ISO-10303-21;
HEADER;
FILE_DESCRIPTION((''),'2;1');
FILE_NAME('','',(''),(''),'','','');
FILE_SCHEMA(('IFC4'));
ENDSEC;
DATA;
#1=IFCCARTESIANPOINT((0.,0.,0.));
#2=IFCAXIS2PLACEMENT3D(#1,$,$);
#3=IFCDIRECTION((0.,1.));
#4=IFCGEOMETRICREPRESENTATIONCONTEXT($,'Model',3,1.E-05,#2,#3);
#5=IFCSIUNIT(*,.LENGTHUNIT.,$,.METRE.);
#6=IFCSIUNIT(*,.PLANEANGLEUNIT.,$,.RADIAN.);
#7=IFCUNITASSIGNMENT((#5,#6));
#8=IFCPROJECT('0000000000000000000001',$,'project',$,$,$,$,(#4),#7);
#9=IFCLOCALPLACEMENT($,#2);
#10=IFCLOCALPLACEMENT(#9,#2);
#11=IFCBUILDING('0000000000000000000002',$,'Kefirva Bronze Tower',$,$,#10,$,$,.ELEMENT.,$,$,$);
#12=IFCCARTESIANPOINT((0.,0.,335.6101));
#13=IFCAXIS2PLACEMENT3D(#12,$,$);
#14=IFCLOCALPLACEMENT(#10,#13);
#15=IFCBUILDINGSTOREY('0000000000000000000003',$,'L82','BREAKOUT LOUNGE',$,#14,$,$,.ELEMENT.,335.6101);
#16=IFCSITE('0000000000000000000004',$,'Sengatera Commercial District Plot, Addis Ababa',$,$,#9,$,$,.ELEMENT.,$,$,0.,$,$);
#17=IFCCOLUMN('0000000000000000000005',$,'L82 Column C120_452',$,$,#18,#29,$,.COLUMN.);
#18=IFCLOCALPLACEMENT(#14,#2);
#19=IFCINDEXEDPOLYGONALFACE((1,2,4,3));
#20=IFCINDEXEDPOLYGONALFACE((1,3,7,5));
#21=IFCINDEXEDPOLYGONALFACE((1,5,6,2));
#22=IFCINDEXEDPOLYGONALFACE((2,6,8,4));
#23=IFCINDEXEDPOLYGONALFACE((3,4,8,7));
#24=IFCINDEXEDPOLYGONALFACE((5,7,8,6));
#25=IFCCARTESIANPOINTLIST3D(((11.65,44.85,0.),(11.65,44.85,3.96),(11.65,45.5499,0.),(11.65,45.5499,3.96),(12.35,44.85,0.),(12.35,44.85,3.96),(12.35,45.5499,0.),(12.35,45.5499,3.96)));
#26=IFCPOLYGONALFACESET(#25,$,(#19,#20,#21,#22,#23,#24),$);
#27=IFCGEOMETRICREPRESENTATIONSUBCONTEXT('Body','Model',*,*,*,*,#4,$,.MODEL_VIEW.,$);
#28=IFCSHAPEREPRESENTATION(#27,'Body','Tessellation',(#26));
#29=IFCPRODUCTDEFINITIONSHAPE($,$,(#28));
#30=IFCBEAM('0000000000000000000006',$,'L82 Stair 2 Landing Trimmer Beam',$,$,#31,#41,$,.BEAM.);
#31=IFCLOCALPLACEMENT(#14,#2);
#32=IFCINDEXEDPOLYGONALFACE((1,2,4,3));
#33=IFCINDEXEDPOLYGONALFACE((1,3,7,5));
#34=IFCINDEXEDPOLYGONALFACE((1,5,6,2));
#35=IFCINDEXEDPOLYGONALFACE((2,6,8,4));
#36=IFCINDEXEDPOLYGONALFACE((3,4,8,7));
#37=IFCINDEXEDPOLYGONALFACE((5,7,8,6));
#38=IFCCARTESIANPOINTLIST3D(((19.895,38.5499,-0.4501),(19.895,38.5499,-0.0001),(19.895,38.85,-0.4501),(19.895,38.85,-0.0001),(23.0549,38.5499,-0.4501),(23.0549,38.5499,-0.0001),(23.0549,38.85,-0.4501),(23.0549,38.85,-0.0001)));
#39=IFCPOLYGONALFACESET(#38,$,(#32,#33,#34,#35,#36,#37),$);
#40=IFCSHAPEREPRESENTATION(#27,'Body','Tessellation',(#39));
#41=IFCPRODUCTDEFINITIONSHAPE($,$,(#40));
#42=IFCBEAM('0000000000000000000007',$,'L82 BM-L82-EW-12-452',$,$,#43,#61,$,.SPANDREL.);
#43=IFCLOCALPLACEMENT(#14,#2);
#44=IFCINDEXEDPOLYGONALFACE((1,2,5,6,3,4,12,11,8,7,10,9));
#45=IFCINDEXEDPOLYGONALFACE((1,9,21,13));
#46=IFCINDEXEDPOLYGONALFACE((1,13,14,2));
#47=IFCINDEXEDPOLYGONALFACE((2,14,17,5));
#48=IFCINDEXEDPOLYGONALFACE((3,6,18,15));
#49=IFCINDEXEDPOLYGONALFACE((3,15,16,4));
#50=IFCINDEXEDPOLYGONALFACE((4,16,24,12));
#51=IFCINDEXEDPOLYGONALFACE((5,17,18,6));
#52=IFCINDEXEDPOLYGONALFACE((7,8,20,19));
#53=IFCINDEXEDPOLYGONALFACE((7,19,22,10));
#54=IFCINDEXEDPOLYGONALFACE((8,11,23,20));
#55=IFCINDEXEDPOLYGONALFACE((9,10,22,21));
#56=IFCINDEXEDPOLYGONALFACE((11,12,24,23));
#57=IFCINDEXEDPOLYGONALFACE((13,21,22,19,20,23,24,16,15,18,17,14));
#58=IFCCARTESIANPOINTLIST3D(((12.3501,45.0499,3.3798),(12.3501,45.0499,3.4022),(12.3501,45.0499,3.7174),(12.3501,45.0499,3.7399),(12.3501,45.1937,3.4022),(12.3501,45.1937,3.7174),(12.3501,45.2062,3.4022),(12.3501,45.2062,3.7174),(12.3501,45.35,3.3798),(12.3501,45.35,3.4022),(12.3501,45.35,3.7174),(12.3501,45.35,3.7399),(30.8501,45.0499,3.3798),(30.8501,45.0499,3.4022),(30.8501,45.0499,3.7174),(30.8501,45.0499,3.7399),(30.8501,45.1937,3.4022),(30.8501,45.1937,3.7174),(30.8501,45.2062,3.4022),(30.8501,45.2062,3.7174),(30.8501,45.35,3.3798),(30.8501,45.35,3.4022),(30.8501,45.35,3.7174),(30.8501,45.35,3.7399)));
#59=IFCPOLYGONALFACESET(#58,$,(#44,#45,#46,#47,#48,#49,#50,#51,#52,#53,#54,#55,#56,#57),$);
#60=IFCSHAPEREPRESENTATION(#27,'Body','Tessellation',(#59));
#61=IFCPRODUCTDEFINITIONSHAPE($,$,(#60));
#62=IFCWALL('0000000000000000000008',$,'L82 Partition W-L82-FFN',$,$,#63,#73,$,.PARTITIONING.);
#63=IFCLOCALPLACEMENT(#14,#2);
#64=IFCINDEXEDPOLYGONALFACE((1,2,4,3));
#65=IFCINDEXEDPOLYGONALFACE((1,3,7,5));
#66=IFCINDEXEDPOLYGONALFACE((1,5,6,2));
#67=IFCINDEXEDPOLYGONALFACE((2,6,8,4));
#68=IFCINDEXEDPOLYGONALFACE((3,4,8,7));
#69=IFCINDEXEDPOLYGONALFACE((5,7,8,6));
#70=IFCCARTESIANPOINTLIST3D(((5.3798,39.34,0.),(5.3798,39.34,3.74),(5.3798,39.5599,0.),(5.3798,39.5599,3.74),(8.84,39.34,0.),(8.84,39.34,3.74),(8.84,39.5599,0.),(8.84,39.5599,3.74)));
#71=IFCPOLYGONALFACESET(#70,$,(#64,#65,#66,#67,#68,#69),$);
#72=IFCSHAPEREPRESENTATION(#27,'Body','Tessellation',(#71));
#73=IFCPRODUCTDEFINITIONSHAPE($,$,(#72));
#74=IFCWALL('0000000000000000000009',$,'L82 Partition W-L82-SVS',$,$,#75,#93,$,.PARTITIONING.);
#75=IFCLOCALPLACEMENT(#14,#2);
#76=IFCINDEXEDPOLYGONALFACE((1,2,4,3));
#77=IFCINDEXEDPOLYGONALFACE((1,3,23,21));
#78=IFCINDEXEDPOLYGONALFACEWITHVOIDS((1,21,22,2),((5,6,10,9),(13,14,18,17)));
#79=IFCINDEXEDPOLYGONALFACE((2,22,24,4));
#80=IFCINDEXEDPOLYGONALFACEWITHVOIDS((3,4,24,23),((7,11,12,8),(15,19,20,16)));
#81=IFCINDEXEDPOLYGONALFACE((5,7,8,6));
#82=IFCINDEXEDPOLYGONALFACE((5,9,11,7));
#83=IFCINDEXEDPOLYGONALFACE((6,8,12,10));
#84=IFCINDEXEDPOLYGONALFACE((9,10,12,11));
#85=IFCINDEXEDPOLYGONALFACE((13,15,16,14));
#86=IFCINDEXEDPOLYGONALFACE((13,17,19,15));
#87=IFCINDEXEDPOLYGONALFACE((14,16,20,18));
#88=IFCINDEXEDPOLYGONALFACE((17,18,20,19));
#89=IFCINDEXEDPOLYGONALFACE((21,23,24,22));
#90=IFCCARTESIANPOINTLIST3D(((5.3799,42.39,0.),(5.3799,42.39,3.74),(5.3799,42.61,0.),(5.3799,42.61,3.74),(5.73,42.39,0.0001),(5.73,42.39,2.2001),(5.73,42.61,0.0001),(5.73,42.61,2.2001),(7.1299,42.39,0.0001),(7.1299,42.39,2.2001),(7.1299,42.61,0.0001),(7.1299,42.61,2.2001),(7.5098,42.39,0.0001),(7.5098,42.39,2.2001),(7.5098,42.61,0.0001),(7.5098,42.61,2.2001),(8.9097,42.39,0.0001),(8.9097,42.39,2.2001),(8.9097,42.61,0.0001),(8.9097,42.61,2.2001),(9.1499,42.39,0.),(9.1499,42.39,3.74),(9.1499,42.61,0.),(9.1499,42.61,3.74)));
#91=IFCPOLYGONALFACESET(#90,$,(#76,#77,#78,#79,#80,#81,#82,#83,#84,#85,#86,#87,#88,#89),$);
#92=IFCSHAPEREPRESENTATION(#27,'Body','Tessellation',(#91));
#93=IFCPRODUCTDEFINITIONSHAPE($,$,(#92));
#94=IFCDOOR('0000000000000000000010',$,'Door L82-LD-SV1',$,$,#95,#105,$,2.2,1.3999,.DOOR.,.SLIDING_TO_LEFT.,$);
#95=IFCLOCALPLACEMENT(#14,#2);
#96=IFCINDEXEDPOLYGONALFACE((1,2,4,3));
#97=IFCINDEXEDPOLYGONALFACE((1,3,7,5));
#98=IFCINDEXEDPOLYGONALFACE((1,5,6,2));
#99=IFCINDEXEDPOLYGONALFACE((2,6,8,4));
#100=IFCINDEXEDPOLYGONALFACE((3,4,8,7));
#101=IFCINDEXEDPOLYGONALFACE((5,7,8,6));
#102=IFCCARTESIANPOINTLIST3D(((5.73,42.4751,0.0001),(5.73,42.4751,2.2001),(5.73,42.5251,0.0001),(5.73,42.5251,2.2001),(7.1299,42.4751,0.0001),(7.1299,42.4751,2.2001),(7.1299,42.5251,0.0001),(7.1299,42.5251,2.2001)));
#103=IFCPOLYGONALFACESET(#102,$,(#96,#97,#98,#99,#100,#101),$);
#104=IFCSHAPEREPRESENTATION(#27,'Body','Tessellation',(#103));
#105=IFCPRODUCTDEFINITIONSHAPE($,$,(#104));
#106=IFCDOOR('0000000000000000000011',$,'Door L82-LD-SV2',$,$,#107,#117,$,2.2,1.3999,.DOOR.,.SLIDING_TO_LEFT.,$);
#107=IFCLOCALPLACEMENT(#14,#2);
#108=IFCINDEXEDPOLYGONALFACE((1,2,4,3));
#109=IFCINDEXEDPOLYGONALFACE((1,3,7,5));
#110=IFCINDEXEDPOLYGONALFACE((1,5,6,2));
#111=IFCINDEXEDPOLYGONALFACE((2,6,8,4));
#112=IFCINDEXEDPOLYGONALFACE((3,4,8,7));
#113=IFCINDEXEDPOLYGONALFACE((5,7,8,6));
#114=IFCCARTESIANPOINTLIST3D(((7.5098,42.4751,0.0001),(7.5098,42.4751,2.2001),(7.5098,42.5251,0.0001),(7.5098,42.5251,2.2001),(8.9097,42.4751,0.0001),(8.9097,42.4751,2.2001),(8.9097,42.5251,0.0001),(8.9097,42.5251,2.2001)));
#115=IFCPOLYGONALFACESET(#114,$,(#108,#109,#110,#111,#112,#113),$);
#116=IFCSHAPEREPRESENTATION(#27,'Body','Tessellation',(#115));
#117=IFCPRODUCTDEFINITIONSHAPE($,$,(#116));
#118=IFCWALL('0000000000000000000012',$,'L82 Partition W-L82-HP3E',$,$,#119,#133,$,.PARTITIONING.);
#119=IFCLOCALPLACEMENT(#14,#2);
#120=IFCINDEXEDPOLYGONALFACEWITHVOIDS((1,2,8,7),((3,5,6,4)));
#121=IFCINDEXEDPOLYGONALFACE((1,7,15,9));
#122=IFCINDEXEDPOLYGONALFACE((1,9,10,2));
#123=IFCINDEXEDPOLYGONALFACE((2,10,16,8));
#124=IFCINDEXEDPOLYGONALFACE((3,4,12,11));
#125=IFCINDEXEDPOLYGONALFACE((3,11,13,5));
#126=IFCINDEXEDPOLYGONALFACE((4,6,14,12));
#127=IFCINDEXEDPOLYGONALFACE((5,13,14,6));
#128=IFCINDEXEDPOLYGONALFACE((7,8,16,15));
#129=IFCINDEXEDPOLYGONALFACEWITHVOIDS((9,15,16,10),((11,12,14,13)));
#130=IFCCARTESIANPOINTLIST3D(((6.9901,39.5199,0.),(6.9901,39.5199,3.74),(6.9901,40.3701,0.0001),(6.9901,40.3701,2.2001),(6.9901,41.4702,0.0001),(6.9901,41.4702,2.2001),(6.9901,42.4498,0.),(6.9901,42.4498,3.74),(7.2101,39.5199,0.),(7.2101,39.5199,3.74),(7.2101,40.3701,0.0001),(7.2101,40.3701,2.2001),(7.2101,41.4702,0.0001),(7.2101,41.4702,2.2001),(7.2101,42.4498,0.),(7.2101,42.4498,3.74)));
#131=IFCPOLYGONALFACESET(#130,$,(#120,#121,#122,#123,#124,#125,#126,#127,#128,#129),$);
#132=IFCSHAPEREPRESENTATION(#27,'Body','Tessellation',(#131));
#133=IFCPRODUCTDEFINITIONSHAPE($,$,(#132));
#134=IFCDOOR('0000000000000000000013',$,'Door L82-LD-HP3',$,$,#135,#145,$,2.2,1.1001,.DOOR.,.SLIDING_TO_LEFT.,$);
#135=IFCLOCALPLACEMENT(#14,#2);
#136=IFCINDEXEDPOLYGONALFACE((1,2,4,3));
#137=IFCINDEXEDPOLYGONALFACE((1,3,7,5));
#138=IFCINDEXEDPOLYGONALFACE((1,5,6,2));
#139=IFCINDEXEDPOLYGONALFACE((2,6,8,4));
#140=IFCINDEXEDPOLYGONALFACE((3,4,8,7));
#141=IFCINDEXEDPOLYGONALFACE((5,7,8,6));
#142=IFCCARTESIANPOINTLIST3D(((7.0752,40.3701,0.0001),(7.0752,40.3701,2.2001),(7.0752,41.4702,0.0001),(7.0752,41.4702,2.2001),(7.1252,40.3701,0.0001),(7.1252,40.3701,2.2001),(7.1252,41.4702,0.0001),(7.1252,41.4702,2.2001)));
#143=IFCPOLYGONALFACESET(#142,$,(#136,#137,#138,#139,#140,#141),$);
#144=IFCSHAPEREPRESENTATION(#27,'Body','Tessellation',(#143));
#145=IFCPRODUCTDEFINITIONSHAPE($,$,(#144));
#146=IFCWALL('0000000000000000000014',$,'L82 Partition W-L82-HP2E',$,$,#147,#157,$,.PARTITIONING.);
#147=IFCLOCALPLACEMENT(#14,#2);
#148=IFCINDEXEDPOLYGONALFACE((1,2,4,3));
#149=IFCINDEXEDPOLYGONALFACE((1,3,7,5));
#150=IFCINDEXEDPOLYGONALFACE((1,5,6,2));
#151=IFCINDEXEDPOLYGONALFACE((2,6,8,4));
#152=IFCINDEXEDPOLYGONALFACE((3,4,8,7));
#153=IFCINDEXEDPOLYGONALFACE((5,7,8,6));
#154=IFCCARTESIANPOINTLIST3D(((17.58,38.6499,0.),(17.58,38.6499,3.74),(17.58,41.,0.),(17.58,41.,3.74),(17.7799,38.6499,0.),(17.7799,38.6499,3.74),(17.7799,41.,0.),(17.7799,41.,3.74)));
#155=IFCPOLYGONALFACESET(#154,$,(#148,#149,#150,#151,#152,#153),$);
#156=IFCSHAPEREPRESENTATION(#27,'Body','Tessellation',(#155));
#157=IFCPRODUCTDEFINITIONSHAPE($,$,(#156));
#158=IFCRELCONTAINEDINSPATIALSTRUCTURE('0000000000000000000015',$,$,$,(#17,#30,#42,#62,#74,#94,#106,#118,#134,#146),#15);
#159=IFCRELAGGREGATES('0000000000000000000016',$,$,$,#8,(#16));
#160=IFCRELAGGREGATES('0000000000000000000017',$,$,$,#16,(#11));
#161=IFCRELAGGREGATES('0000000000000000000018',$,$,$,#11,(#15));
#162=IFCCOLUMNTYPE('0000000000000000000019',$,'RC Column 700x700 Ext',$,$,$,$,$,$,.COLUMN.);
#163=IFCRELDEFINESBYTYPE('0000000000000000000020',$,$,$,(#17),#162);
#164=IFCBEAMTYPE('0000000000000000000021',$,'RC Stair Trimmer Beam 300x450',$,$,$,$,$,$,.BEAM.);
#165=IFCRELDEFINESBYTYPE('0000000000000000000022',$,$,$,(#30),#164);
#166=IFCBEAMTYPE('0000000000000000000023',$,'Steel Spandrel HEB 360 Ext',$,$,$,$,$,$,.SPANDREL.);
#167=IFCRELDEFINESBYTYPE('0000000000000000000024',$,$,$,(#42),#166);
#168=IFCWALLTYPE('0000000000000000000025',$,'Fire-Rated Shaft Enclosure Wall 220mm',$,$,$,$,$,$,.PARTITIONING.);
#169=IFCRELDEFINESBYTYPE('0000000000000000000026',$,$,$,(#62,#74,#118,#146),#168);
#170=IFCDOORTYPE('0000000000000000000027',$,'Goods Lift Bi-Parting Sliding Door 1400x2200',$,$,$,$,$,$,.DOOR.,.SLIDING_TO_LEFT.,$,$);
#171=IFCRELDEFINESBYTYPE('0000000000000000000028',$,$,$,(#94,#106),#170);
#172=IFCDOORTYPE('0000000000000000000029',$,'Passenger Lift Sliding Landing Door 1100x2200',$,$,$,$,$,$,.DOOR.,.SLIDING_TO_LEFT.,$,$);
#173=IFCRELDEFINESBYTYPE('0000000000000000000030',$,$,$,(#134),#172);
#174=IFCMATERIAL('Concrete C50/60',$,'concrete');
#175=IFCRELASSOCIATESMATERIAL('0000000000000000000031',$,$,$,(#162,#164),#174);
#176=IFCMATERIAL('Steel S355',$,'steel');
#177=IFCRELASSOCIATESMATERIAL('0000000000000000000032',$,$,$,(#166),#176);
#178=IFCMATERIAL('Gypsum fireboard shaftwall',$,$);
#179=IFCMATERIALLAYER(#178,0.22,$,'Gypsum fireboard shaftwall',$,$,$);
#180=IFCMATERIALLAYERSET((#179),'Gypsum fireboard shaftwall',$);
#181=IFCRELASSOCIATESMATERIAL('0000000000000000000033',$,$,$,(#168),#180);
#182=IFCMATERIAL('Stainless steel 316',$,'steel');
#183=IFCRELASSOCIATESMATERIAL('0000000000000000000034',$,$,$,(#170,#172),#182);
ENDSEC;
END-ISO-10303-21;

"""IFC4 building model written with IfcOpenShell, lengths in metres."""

from ifc_helpers import new_model, si_unit, direction, frame, frame_2d, origin, origin_2d, place, context, subcontext, project, spatial, rectangle, i_section, extrude, material, layer, layer_set, material_profile, profile_set, type_object, element, fill, save


model = new_model("IFC4")

# Units and contexts
model_context = context("Model", 3, precision=1e-05, world=origin(), true_north=direction((0.0, 1.0)))
body_context = subcontext(model_context, "Body", "Model", "MODEL_VIEW")
ifc_project = project(units=[si_unit("LENGTHUNIT", "METRE"), si_unit("PLANEANGLEUNIT", "RADIAN")], contexts=[model_context])

# Site, building, storey
site_placement = place(None, origin())
site = spatial("IfcSite", under=ifc_project, at=site_placement, Name="Sengatera Commercial District Plot, Addis Ababa", CompositionType="ELEMENT", RefElevation=0.0)
building_placement = place(site_placement, origin())
building = spatial("IfcBuilding", under=site, at=building_placement, Name="Kefirva Bronze Tower", CompositionType="ELEMENT")
storey_placement = place(building_placement, frame((0.0, 0.0, 335.6101)))
storey = spatial("IfcBuildingStorey", under=building, at=storey_placement, Name="L82", Description="BREAKOUT LOUNGE", CompositionType="ELEMENT", Elevation=335.6101)

# Column
ifc_material_1 = material(Name="Concrete C50/60", Category="concrete")
ifc_material_profile_1 = material_profile(ifc_material_1, rectangle(XDim=0.7, YDim=0.7, at=origin_2d()), Name="RC 700x700")
ifc_profile_set_1 = profile_set([ifc_material_profile_1], Name="Concrete C50/60")
column_type = type_object("IfcColumnType", Name="RC Column 700x700 Ext", PredefinedType="COLUMN", material=ifc_profile_set_1)
column_placement = place(storey_placement, frame((12.0, 45.2, 0.0), z_axis=(0.0, 0.0, 1.0), x_axis=(1.0, 0.0, 0.0)))
element("IfcColumn", 1, at=column_placement, inside=storey, type_object=column_type, Name="L82 Column C120_452", PredefinedType="COLUMN", context=body_context, shape_type="SweptSolid", body=[
    extrude(rectangle(XDim=0.7, YDim=0.7, at=origin_2d()), origin(), (0.0, 0.0, 1.0), 3.96),
])

# Beams
ifc_material_profile_2 = material_profile(ifc_material_1, rectangle(XDim=0.3, YDim=0.45, at=origin_2d()), Name="RC 300x450")
ifc_profile_set_2 = profile_set([ifc_material_profile_2], Name="Concrete C50/60")
beam_type_1 = type_object("IfcBeamType", Name="RC Stair Trimmer Beam 300x450", PredefinedType="BEAM", material=ifc_profile_set_2)
beam_1_placement = place(storey_placement, frame((19.895, 38.7, -0.2251), z_axis=(1.0, 0.0, 0.0), x_axis=(0.0, 1.0, 0.0)))
element("IfcBeam", 2, at=beam_1_placement, inside=storey, type_object=beam_type_1, Name="L82 Stair 2 Landing Trimmer Beam", PredefinedType="BEAM", context=body_context, shape_type="SweptSolid", body=[
    extrude(rectangle(XDim=0.3, YDim=0.45, at=origin_2d()), origin(), (0.0, 0.0, 1.0), 3.1599),
])
ifc_material_2 = material(Name="Steel S355", Category="steel")
ifc_material_profile_3 = material_profile(ifc_material_2, i_section(OverallWidth=0.3, OverallDepth=0.3601, WebThickness=0.0125, FlangeThickness=0.0225, at=origin_2d()), Name="HEB 360")
ifc_profile_set_3 = profile_set([ifc_material_profile_3], Name="Steel S355")
beam_type_2 = type_object("IfcBeamType", Name="Steel Spandrel HEB 360 Ext", PredefinedType="SPANDREL", material=ifc_profile_set_3)
beam_2_placement = place(storey_placement, frame((12.3501, 45.2, 3.5598), z_axis=(1.0, 0.0, 0.0), x_axis=(0.0, 1.0, 0.0)))
element("IfcBeam", 3, at=beam_2_placement, inside=storey, type_object=beam_type_2, Name="L82 BM-L82-EW-12-452", PredefinedType="SPANDREL", context=body_context, shape_type="SweptSolid", body=[
    extrude(i_section(OverallWidth=0.3, OverallDepth=0.3601, WebThickness=0.0125, FlangeThickness=0.0225, at=origin_2d()), origin(), (0.0, 0.0, 1.0), 18.5),
])

# Wall
ifc_material_3 = material(Name="Gypsum fireboard shaftwall")
ifc_layer_1 = layer(ifc_material_3, 0.22, Name="Gypsum fireboard shaftwall")
ifc_layer_set_1 = layer_set([ifc_layer_1], Name="Gypsum fireboard shaftwall")
wall_type_1 = type_object("IfcWallType", Name="Fire-Rated Shaft Enclosure Wall 220mm", PredefinedType="PARTITIONING", material=ifc_layer_set_1)
wall_1_placement = place(storey_placement, frame((5.3799, 39.45, 0.0), z_axis=(0.0, 0.0, 1.0), x_axis=(1.0, 0.0, 0.0)))
element("IfcWall", 4, at=wall_1_placement, inside=storey, type_object=wall_type_1, Name="L82 Partition W-L82-FFN", PredefinedType="PARTITIONING", context=body_context, shape_type="SweptSolid", body=[
    extrude(rectangle(XDim=3.4602, YDim=0.22, at=frame_2d((1.73, 0.0))), origin(), (0.0, 0.0, 1.0), 3.74),
])

# Wall, openings, doors
wall_2_placement = place(storey_placement, frame((5.3799, 42.5, 0.0), z_axis=(0.0, 0.0, 1.0), x_axis=(1.0, 0.0, 0.0)))
wall_2 = element("IfcWall", 5, at=wall_2_placement, inside=storey, type_object=wall_type_1, Name="L82 Partition W-L82-SVS", PredefinedType="PARTITIONING", context=body_context, shape_type="SweptSolid", body=[
    extrude(rectangle(XDim=3.77, YDim=0.22, at=frame_2d((1.885, 0.0))), origin(), (0.0, 0.0, 1.0), 3.74),
])
opening_1_placement = place(wall_2_placement, frame((1.75, 0.0, 0.0), z_axis=(0.0, 0.0, 1.0), x_axis=(-1.0, 0.0, 0.0)))
opening_1 = element("IfcOpeningElement", 6, at=opening_1_placement, cuts=wall_2, PredefinedType="OPENING", context=body_context, shape_type="SweptSolid", body=[
    extrude(rectangle(XDim=1.3999, YDim=2.2, at=frame_2d((0.7, 1.1001))), frame((0.0, 0.1201, 0.0), z_axis=(0.0, -1.0, 0.0), x_axis=(1.0, 0.0, 0.0)), (0.0, 0.0, 1.0), 0.24),
])
opening_2_placement = place(wall_2_placement, frame((3.5298, 0.0, 0.0), z_axis=(0.0, 0.0, 1.0), x_axis=(-1.0, 0.0, 0.0)))
opening_2 = element("IfcOpeningElement", 7, at=opening_2_placement, cuts=wall_2, PredefinedType="OPENING", context=body_context, shape_type="SweptSolid", body=[
    extrude(rectangle(XDim=1.3999, YDim=2.2, at=frame_2d((0.7, 1.1001))), frame((0.0, 0.1201, 0.0), z_axis=(0.0, -1.0, 0.0), x_axis=(1.0, 0.0, 0.0)), (0.0, 0.0, 1.0), 0.24),
])
ifc_material_4 = material(Name="Stainless steel 316", Category="steel")
door_type_1 = type_object("IfcDoorType", Name="Goods Lift Bi-Parting Sliding Door 1400x2200", OperationType="SLIDING_TO_LEFT", PredefinedType="DOOR", material=ifc_material_4)
door_1_placement = place(opening_1_placement, origin())
door_1 = element("IfcDoor", 8, at=door_1_placement, inside=storey, type_object=door_type_1, Name="Door L82-LD-SV1", OperationType="SLIDING_TO_LEFT", OverallHeight=2.2, OverallWidth=1.3999, PredefinedType="DOOR", context=body_context, shape_type="SweptSolid", body=[
    extrude(rectangle(XDim=1.3999, YDim=2.2, at=frame_2d((0.7, 1.1001))), frame((0.0, 0.0249, 0.0), z_axis=(0.0, -1.0, 0.0), x_axis=(1.0, 0.0, 0.0)), (0.0, 0.0, 1.0), 0.05),
])
fill(opening_1, door_1)
door_2_placement = place(opening_2_placement, origin())
door_2 = element("IfcDoor", 9, at=door_2_placement, inside=storey, type_object=door_type_1, Name="Door L82-LD-SV2", OperationType="SLIDING_TO_LEFT", OverallHeight=2.2, OverallWidth=1.3999, PredefinedType="DOOR", context=body_context, shape_type="SweptSolid", body=[
    extrude(rectangle(XDim=1.3999, YDim=2.2, at=frame_2d((0.7, 1.1001))), frame((0.0, 0.0249, 0.0), z_axis=(0.0, -1.0, 0.0), x_axis=(1.0, 0.0, 0.0)), (0.0, 0.0, 1.0), 0.05),
])
fill(opening_2, door_2)

# Wall, opening, door
wall_3_placement = place(storey_placement, frame((7.1001, 39.52, 0.0), z_axis=(0.0, 0.0, 1.0), x_axis=(0.0, 1.0, 0.0)))
wall_3 = element("IfcWall", 10, at=wall_3_placement, inside=storey, type_object=wall_type_1, Name="L82 Partition W-L82-HP3E", PredefinedType="PARTITIONING", context=body_context, shape_type="SweptSolid", body=[
    extrude(rectangle(XDim=2.9299, YDim=0.22, at=frame_2d((1.4648, 0.0))), origin(), (0.0, 0.0, 1.0), 3.74),
])
opening_3_placement = place(wall_3_placement, frame((0.8501, 0.0, 0.0)))
opening_3 = element("IfcOpeningElement", 11, at=opening_3_placement, cuts=wall_3, PredefinedType="OPENING", context=body_context, shape_type="SweptSolid", body=[
    extrude(rectangle(XDim=1.1001, YDim=2.2, at=frame_2d((0.55, 1.1001))), frame((0.0, 0.1201, 0.0), z_axis=(0.0, -1.0, 0.0), x_axis=(1.0, 0.0, 0.0)), (0.0, 0.0, 1.0), 0.24),
])
door_type_2 = type_object("IfcDoorType", Name="Passenger Lift Sliding Landing Door 1100x2200", OperationType="SLIDING_TO_LEFT", PredefinedType="DOOR", material=ifc_material_4)
door_3_placement = place(opening_3_placement, origin())
door_3 = element("IfcDoor", 12, at=door_3_placement, inside=storey, type_object=door_type_2, Name="Door L82-LD-HP3", OperationType="SLIDING_TO_LEFT", OverallHeight=2.2, OverallWidth=1.1001, PredefinedType="DOOR", context=body_context, shape_type="SweptSolid", body=[
    extrude(rectangle(XDim=1.1001, YDim=2.2, at=frame_2d((0.55, 1.1001))), frame((0.0, 0.0249, 0.0), z_axis=(0.0, -1.0, 0.0), x_axis=(1.0, 0.0, 0.0)), (0.0, 0.0, 1.0), 0.05),
])
fill(opening_3, door_3)

# Wall
wall_4_placement = place(storey_placement, frame((17.6799, 38.6499, 0.0), z_axis=(0.0, 0.0, 1.0), x_axis=(0.0, 1.0, 0.0)))
element("IfcWall", 13, at=wall_4_placement, inside=storey, type_object=wall_type_1, Name="L82 Partition W-L82-HP2E", PredefinedType="PARTITIONING", context=body_context, shape_type="SweptSolid", body=[
    extrude(rectangle(XDim=2.3501, YDim=0.2, at=frame_2d((1.175, 0.0))), origin(), (0.0, 0.0, 1.0), 3.74),
])

save(model, "model.ifc")
